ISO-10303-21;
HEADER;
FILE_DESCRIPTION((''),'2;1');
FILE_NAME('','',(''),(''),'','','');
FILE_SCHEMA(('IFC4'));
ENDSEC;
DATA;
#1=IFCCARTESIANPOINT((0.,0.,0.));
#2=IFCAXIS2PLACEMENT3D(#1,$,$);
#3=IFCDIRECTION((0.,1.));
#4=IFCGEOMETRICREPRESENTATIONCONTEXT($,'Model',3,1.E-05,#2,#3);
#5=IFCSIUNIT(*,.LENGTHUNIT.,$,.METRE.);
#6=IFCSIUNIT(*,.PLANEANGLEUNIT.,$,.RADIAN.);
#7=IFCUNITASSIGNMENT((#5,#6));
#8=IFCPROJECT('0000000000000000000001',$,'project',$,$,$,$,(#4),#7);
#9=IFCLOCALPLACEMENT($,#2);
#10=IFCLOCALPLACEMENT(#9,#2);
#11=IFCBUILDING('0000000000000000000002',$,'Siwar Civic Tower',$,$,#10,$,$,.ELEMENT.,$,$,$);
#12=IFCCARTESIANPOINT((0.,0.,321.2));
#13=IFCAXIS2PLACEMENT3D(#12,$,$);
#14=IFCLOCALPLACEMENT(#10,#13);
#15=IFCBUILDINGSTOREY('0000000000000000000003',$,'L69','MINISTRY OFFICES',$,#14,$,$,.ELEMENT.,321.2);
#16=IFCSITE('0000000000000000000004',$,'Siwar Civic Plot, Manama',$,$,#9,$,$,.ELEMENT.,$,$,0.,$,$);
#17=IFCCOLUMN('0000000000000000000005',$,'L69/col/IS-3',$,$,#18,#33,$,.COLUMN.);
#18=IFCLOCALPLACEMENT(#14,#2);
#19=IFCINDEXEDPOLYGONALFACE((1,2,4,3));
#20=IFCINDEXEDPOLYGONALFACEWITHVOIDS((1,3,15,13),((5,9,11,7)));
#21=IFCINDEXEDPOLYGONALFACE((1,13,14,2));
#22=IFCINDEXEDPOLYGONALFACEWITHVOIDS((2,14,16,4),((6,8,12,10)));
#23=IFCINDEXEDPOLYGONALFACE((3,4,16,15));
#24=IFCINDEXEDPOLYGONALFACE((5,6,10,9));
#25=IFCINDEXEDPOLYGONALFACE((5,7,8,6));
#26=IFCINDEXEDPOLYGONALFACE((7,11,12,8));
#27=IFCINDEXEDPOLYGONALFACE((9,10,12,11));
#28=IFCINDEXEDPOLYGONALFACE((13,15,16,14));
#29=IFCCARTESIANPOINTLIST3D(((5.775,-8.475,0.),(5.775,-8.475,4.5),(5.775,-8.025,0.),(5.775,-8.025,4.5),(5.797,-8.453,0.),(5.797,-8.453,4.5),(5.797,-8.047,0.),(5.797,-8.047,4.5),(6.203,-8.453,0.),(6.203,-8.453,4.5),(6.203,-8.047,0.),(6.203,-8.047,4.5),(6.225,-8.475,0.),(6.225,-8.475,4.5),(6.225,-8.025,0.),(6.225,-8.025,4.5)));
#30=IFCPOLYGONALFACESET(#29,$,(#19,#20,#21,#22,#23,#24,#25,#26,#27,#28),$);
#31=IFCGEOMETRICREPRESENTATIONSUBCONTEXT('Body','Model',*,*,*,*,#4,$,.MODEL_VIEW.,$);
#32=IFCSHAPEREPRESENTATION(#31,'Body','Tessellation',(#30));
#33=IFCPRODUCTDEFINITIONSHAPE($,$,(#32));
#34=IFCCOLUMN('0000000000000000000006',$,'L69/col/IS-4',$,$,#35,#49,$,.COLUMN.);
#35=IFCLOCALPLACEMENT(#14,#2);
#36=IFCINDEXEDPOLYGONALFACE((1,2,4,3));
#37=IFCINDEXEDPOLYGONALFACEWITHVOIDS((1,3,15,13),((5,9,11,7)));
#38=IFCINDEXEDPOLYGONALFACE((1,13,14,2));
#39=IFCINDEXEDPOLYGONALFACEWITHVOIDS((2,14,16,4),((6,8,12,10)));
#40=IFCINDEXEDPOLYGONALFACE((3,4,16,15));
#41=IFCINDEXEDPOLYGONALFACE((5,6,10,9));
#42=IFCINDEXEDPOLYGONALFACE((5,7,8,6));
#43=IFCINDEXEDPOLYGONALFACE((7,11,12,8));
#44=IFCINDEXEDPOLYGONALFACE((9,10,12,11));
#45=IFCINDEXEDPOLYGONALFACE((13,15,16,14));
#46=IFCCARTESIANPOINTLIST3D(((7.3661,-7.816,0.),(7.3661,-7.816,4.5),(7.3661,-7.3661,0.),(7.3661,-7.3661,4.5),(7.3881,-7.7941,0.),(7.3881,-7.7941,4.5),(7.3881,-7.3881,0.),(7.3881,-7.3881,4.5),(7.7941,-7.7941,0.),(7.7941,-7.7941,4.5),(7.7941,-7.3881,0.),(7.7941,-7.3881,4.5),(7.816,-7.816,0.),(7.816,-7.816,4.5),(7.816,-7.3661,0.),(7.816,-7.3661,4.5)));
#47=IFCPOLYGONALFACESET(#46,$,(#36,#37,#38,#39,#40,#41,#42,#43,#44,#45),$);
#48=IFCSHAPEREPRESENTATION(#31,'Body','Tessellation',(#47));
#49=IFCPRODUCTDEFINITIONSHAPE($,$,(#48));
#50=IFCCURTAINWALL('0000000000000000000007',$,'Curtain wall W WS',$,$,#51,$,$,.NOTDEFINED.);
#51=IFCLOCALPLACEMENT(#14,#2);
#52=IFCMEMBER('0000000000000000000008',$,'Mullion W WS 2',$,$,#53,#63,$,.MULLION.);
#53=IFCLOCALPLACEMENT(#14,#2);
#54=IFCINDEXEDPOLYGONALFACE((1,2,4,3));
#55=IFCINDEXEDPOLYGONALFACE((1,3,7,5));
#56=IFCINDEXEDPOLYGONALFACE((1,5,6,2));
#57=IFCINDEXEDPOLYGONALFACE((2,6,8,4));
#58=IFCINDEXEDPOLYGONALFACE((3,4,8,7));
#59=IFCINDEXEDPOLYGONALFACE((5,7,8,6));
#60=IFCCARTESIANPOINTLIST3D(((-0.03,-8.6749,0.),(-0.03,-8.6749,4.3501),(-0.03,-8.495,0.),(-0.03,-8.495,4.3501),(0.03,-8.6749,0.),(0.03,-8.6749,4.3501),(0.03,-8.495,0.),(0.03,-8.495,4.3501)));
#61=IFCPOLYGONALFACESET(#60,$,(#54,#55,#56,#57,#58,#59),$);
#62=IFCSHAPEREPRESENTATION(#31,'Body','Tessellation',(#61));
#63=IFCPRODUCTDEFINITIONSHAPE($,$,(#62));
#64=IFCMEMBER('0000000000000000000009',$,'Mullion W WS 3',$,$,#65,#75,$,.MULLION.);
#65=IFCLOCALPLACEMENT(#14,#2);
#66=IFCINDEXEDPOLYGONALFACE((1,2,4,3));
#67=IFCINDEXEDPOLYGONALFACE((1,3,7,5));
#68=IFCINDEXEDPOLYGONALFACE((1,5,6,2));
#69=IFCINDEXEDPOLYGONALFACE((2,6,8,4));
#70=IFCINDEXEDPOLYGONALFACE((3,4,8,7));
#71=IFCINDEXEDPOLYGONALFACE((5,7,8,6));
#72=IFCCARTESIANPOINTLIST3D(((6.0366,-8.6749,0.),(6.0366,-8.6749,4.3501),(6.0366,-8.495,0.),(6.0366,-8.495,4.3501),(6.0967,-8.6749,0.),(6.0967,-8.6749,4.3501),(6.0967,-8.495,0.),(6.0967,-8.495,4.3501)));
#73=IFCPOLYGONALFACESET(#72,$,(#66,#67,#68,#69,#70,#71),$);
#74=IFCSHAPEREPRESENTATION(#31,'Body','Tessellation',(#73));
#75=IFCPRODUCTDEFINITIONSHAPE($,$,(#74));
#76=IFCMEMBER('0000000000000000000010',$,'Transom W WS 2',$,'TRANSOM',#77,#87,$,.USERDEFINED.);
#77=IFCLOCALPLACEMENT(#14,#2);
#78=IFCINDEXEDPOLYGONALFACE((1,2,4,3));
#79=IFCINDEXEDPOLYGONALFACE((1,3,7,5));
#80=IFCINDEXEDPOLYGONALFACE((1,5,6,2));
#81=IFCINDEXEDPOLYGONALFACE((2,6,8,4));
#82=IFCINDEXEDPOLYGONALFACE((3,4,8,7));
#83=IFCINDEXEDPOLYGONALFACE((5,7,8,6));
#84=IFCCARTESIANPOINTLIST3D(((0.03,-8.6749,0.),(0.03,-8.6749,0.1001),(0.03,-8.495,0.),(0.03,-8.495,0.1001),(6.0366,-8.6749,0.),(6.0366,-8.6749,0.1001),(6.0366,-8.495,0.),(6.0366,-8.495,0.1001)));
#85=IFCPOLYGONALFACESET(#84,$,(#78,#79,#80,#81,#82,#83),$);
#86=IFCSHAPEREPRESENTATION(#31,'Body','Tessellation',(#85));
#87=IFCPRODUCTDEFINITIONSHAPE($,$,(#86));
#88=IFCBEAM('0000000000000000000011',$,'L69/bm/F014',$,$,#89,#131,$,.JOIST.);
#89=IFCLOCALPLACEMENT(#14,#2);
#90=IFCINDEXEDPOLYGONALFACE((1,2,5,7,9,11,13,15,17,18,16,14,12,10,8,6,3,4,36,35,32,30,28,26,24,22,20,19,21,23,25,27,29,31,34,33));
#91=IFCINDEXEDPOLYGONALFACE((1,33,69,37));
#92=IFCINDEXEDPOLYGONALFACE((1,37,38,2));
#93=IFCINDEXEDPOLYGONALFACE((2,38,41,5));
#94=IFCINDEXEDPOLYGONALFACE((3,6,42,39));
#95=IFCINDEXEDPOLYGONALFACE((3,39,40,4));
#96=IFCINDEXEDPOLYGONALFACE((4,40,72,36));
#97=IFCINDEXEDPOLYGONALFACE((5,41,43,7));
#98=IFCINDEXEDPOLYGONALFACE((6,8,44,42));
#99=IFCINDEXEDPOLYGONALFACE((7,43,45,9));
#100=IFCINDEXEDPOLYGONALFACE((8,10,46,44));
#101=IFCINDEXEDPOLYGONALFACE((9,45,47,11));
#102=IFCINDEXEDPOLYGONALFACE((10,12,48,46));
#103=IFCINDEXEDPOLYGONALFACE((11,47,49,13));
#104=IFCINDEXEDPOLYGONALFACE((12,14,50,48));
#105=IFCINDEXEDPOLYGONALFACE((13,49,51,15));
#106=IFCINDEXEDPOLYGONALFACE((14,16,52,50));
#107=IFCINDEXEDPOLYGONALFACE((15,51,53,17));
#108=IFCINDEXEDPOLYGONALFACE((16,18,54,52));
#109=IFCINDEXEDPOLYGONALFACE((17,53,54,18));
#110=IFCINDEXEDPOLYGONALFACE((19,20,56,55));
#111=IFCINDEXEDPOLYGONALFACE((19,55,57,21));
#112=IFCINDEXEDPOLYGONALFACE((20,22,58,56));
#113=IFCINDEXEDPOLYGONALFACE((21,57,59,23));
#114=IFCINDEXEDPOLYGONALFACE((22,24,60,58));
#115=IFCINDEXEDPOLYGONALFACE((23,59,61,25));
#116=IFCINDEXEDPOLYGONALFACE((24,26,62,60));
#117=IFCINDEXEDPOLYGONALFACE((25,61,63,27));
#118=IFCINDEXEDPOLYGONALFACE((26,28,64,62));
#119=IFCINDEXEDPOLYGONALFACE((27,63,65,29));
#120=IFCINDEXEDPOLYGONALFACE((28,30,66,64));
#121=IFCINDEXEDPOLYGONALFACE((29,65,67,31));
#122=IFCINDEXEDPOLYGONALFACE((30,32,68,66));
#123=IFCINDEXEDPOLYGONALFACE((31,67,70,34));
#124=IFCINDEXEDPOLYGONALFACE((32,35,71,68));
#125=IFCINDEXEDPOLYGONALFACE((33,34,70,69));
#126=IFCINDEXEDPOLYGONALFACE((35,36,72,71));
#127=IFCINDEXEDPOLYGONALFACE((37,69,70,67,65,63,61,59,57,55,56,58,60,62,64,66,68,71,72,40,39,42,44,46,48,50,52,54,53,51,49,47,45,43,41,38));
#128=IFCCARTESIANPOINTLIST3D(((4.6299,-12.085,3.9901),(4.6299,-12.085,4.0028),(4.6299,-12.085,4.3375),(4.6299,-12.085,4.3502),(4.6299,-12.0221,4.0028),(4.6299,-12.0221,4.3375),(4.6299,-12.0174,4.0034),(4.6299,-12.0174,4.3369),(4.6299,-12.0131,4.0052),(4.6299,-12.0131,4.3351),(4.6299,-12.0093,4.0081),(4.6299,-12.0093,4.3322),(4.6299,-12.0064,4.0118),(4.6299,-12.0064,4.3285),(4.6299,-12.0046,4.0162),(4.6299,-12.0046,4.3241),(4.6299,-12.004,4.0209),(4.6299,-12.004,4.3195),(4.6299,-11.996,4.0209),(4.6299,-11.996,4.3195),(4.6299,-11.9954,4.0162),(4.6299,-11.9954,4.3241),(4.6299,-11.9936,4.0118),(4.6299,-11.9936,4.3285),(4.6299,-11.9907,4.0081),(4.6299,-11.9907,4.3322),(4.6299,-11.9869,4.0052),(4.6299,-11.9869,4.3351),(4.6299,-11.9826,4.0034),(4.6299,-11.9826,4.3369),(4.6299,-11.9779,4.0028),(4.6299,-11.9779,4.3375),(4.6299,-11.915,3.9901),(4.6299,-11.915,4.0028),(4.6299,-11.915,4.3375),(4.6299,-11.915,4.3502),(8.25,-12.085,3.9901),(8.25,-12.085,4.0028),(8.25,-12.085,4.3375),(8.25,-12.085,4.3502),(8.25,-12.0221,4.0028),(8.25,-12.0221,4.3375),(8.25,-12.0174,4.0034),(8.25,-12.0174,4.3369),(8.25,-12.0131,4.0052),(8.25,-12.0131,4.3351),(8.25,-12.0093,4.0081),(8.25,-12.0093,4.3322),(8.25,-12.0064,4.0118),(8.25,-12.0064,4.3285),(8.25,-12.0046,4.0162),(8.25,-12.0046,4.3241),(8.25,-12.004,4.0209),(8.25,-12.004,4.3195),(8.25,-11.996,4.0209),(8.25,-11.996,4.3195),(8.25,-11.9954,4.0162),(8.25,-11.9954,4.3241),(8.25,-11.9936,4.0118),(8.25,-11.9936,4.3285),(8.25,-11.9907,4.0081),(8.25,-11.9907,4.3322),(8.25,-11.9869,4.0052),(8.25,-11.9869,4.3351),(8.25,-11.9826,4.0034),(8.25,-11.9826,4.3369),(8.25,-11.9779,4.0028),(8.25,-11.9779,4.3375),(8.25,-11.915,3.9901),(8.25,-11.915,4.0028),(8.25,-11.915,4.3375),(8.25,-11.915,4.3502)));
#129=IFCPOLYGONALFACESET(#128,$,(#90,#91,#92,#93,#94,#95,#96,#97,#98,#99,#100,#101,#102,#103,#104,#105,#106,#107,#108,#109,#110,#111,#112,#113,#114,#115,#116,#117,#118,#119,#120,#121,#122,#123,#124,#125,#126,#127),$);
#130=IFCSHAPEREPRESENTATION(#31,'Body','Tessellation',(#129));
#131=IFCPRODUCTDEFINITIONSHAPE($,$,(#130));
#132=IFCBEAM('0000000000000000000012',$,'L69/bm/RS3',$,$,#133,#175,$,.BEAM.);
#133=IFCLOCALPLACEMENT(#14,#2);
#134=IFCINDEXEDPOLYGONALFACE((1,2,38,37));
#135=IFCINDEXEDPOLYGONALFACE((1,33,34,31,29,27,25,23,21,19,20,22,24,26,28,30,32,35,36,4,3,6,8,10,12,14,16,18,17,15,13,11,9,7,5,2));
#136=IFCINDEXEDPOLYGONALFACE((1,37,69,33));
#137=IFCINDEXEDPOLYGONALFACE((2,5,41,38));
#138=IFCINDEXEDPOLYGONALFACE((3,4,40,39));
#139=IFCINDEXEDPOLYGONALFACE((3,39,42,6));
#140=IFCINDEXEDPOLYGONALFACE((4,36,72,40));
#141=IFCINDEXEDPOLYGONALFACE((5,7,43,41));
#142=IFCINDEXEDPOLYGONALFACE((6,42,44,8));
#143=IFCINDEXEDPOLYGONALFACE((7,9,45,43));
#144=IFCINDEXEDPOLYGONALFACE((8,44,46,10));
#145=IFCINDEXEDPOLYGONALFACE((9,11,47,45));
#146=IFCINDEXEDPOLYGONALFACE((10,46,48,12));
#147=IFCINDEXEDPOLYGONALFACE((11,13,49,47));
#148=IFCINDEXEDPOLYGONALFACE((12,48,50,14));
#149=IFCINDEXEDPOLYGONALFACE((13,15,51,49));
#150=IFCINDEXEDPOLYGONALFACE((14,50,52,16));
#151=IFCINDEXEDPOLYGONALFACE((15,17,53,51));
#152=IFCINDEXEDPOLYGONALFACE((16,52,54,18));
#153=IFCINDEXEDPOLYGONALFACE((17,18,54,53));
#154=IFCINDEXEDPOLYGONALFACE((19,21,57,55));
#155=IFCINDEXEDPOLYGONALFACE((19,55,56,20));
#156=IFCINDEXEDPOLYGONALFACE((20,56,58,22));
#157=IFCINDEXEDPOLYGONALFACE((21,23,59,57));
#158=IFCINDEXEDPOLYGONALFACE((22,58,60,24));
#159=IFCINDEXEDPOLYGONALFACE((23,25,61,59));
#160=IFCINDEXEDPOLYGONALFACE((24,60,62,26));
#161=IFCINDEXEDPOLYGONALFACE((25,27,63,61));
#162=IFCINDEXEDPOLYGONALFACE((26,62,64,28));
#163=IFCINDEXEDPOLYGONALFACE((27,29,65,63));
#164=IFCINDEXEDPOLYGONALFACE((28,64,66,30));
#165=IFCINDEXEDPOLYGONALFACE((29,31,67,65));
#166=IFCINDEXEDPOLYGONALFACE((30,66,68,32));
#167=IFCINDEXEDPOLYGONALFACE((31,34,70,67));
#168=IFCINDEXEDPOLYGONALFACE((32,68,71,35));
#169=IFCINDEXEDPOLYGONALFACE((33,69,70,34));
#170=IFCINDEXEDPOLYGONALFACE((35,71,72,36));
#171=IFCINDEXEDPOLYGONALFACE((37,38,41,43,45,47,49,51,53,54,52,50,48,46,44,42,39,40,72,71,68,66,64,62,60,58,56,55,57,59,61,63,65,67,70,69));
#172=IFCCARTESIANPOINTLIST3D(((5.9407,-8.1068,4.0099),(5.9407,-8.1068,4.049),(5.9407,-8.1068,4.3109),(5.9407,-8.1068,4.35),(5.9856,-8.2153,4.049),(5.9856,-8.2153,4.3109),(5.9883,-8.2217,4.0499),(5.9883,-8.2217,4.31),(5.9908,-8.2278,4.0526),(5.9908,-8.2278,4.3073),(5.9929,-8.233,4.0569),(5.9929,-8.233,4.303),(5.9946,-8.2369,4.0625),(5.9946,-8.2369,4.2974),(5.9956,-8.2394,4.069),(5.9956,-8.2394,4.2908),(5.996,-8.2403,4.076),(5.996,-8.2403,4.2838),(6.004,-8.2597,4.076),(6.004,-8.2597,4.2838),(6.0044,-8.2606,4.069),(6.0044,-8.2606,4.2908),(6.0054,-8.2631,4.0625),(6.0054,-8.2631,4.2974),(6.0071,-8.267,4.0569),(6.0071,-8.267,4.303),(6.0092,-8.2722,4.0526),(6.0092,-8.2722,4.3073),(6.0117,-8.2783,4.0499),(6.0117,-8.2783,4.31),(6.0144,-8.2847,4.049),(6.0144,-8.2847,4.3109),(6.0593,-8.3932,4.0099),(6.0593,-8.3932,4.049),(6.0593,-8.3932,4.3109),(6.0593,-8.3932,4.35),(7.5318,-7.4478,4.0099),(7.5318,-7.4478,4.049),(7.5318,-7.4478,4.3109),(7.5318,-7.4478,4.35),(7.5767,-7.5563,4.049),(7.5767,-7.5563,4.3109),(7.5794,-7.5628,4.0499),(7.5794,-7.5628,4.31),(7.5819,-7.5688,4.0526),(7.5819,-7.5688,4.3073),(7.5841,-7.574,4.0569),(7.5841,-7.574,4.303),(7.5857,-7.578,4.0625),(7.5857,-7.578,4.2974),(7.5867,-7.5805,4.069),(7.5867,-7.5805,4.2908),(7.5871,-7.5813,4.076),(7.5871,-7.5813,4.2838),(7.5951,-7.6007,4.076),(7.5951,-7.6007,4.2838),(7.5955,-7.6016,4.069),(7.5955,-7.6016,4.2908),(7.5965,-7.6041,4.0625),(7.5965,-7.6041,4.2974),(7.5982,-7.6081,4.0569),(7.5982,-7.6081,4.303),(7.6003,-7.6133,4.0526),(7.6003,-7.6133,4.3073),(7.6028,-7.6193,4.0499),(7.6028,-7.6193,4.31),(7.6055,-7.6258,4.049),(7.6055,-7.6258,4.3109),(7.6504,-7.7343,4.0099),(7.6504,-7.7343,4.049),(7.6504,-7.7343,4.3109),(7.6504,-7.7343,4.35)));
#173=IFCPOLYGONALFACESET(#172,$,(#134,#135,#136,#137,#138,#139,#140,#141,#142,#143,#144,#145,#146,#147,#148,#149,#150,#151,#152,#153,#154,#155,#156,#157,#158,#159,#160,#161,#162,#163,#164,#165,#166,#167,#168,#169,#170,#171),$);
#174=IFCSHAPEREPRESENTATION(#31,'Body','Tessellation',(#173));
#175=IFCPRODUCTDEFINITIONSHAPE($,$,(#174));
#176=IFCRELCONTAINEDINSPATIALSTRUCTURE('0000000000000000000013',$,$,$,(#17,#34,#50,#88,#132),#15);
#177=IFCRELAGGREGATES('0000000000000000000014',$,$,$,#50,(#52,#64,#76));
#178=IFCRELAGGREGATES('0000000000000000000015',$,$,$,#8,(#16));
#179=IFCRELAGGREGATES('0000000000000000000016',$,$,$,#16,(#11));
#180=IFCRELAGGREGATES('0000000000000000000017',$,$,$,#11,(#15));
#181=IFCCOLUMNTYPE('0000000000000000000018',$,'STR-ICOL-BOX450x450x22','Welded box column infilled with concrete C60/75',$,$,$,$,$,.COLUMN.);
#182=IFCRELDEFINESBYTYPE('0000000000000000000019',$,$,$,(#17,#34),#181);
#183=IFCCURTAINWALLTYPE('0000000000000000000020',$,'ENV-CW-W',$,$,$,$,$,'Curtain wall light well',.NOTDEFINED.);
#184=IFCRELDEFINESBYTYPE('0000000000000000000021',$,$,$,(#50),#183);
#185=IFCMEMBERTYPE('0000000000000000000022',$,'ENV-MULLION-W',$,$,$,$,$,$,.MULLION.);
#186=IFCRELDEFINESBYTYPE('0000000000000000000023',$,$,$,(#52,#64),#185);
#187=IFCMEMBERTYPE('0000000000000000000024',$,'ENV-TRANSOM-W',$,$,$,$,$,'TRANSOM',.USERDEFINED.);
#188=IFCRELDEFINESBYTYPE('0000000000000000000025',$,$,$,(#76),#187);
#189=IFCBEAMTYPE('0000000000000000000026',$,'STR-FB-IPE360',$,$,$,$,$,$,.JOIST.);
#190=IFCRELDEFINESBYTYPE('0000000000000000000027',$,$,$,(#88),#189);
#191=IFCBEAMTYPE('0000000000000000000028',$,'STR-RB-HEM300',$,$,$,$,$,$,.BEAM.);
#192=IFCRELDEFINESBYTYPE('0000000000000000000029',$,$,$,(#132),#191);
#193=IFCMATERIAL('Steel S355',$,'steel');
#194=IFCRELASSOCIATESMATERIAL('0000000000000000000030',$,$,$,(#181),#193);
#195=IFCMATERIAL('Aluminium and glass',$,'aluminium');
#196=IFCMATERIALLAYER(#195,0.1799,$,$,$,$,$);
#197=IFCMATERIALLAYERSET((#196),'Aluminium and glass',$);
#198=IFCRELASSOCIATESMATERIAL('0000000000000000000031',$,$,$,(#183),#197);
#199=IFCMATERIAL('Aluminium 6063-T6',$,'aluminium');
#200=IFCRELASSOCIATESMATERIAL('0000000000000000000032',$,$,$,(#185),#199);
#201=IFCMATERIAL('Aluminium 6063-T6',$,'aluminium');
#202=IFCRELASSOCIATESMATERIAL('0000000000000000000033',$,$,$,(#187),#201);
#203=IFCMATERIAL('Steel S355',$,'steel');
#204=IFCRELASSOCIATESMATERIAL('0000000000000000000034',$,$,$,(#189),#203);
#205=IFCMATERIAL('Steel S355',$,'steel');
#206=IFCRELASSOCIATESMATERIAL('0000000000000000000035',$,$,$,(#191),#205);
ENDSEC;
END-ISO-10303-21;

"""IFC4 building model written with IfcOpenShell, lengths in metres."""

from ifc_helpers import new_model, si_unit, direction, frame, origin, origin_2d, place, context, subcontext, project, spatial, rectangle, hollow_rectangle, i_section, extrude, material, layer, layer_set, material_profile, profile_set, type_object, element, aggregate, save


model = new_model("IFC4")

# Units and contexts
model_context = context("Model", 3, precision=1e-05, world=origin(), true_north=direction((0.0, 1.0)))
body_context = subcontext(model_context, "Body", "Model", "MODEL_VIEW")
ifc_project = project(units=[si_unit("LENGTHUNIT", "METRE"), si_unit("PLANEANGLEUNIT", "RADIAN")], contexts=[model_context])

# Site, building, storey
site_placement = place(None, origin())
site = spatial("IfcSite", under=ifc_project, at=site_placement, Name="Siwar Civic Plot, Manama", CompositionType="ELEMENT", RefElevation=0.0)
building_placement = place(site_placement, origin())
building = spatial("IfcBuilding", under=site, at=building_placement, Name="Siwar Civic Tower", CompositionType="ELEMENT")
storey_placement = place(building_placement, frame((0.0, 0.0, 321.2)))
storey = spatial("IfcBuildingStorey", under=building, at=storey_placement, Name="L69", Description="MINISTRY OFFICES", CompositionType="ELEMENT", Elevation=321.2)

# Columns
ifc_material_1 = material(Name="Steel S355", Category="steel")
ifc_material_profile_1 = material_profile(ifc_material_1, hollow_rectangle(XDim=0.45, YDim=0.45, WallThickness=0.022, at=origin_2d()), Name="BOX450x450x22")
ifc_profile_set_1 = profile_set([ifc_material_profile_1], Name="Steel S355")
column_type = type_object("IfcColumnType", Name="STR-ICOL-BOX450x450x22", Description="Welded box column infilled with concrete C60/75", PredefinedType="COLUMN", material=ifc_profile_set_1)
for number, where, z_axis, x_axis, name in (
    (1, (6.0, -8.25, 0.0), (0.0, 0.0, 1.0), (1.0, 0.0, 0.0), "L69/col/IS-3"),
    (2, (7.5911, -7.5911, 0.0), (0.0, 0.0, 1.0), (1.0, 0.0, 0.0), "L69/col/IS-4"),
):
    element("IfcColumn", number, at=place(storey_placement, frame(where, z_axis=z_axis, x_axis=x_axis)), inside=storey, type_object=column_type, Name=name, PredefinedType="COLUMN", context=body_context, shape_type="SweptSolid", body=[
        extrude(hollow_rectangle(XDim=0.45, YDim=0.45, WallThickness=0.022, at=origin_2d()), origin(), (0.0, 0.0, 1.0), 4.5),
    ])

# Curtain wall, members
ifc_material_2 = material(Name="Aluminium and glass", Category="aluminium")
ifc_layer_1 = layer(ifc_material_2, 0.1799)
ifc_layer_set_1 = layer_set([ifc_layer_1], Name="Aluminium and glass")
curtain_wall_type = type_object("IfcCurtainWallType", Name="ENV-CW-W", ElementType="Curtain wall light well", PredefinedType="NOTDEFINED", material=ifc_layer_set_1)
curtain_wall_placement = place(storey_placement, origin())
curtain_wall = element("IfcCurtainWall", 3, at=curtain_wall_placement, inside=storey, type_object=curtain_wall_type, Name="Curtain wall W WS", PredefinedType="NOTDEFINED")
ifc_material_3 = material(Name="Aluminium 6063-T6", Category="aluminium")
ifc_material_profile_2 = material_profile(ifc_material_3, rectangle(XDim=0.1799, YDim=0.0601, at=origin_2d()), Name="AL 180x60")
ifc_profile_set_2 = profile_set([ifc_material_profile_2], Name="Aluminium 6063-T6")
member_type_1 = type_object("IfcMemberType", Name="ENV-MULLION-W", PredefinedType="MULLION", material=ifc_profile_set_2)
member_1_placement = place(storey_placement, frame((0.0, -8.585, 0.0), z_axis=(0.0, 0.0, 1.0), x_axis=(0.0, 1.0, 0.0)))
member_1 = element("IfcMember", 4, at=member_1_placement, type_object=member_type_1, Name="Mullion W WS 2", PredefinedType="MULLION", context=body_context, shape_type="SweptSolid", body=[
    extrude(rectangle(XDim=0.1799, YDim=0.0601, at=origin_2d()), origin(), (0.0, 0.0, 1.0), 4.3501),
])
member_2_placement = place(storey_placement, frame((6.0667, -8.585, 0.0), z_axis=(0.0, 0.0, 1.0), x_axis=(0.0, 1.0, 0.0)))
member_2 = element("IfcMember", 5, at=member_2_placement, type_object=member_type_1, Name="Mullion W WS 3", PredefinedType="MULLION", context=body_context, shape_type="SweptSolid", body=[
    extrude(rectangle(XDim=0.1799, YDim=0.0601, at=origin_2d()), origin(), (0.0, 0.0, 1.0), 4.3501),
])
ifc_material_4 = material(Name="Aluminium 6063-T6", Category="aluminium")
ifc_material_profile_3 = material_profile(ifc_material_4, rectangle(XDim=0.1799, YDim=0.1001, at=origin_2d()), Name="AL 180x100")
ifc_profile_set_3 = profile_set([ifc_material_profile_3], Name="Aluminium 6063-T6")
member_type_2 = type_object("IfcMemberType", Name="ENV-TRANSOM-W", ElementType="TRANSOM", PredefinedType="USERDEFINED", material=ifc_profile_set_3)
member_3_placement = place(storey_placement, frame((0.03, -8.585, 0.05), z_axis=(1.0, 0.0, 0.0), x_axis=(0.0, 1.0, 0.0)))
member_3 = element("IfcMember", 6, at=member_3_placement, type_object=member_type_2, Name="Transom W WS 2", ObjectType="TRANSOM", PredefinedType="USERDEFINED", context=body_context, shape_type="SweptSolid", body=[
    extrude(rectangle(XDim=0.1799, YDim=0.1001, at=origin_2d()), origin(), (0.0, 0.0, 1.0), 6.0066),
])

# Beams
ifc_material_5 = material(Name="Steel S355", Category="steel")
ifc_material_profile_4 = material_profile(ifc_material_5, i_section(OverallWidth=0.1699, OverallDepth=0.3601, WebThickness=0.0081, FlangeThickness=0.0127, FilletRadius=0.0181, at=origin_2d()), Name="IPE360")
ifc_profile_set_4 = profile_set([ifc_material_profile_4], Name="Steel S355")
beam_type_1 = type_object("IfcBeamType", Name="STR-FB-IPE360", PredefinedType="JOIST", material=ifc_profile_set_4)
beam_placement = place(storey_placement, frame((4.6299, -12.0, 4.1702), z_axis=(1.0, 0.0, 0.0), x_axis=(0.0, 1.0, 0.0)))
element("IfcBeam", 7, at=beam_placement, inside=storey, type_object=beam_type_1, Name="L69/bm/F014", PredefinedType="JOIST", context=body_context, shape_type="SweptSolid", body=[
    extrude(i_section(OverallWidth=0.1699, OverallDepth=0.3601, WebThickness=0.0081, FlangeThickness=0.0127, FilletRadius=0.0181, at=origin_2d()), origin(), (0.0, 0.0, 1.0), 3.6201),
])
ifc_material_6 = material(Name="Steel S355", Category="steel")
ifc_material_profile_5 = material_profile(ifc_material_6, i_section(OverallWidth=0.3101, OverallDepth=0.3401, WebThickness=0.021, FlangeThickness=0.0391, FilletRadius=0.0271, at=origin_2d()), Name="HEM300")
ifc_profile_set_5 = profile_set([ifc_material_profile_5], Name="Steel S355")
beam_type_2 = type_object("IfcBeamType", Name="STR-RB-HEM300", PredefinedType="BEAM", material=ifc_profile_set_5)
for number, where, z_axis, x_axis, name in (
    (8, (6.0, -8.25, 4.1799), (0.923901, 0.382631, 0.0), (-0.382631, 0.923901, 0.0), "L69/bm/RS3"),
):
    element("IfcBeam", number, at=place(storey_placement, frame(where, z_axis=z_axis, x_axis=x_axis)), inside=storey, type_object=beam_type_2, Name=name, PredefinedType="BEAM", context=body_context, shape_type="SweptSolid", body=[
        extrude(i_section(OverallWidth=0.3101, OverallDepth=0.3401, WebThickness=0.021, FlangeThickness=0.0391, FilletRadius=0.0271, at=origin_2d()), origin(), (0.0, 0.0, 1.0), 1.7222),
    ])

aggregate(curtain_wall, [member_1, member_2, member_3])

save(model, "model.ifc")
